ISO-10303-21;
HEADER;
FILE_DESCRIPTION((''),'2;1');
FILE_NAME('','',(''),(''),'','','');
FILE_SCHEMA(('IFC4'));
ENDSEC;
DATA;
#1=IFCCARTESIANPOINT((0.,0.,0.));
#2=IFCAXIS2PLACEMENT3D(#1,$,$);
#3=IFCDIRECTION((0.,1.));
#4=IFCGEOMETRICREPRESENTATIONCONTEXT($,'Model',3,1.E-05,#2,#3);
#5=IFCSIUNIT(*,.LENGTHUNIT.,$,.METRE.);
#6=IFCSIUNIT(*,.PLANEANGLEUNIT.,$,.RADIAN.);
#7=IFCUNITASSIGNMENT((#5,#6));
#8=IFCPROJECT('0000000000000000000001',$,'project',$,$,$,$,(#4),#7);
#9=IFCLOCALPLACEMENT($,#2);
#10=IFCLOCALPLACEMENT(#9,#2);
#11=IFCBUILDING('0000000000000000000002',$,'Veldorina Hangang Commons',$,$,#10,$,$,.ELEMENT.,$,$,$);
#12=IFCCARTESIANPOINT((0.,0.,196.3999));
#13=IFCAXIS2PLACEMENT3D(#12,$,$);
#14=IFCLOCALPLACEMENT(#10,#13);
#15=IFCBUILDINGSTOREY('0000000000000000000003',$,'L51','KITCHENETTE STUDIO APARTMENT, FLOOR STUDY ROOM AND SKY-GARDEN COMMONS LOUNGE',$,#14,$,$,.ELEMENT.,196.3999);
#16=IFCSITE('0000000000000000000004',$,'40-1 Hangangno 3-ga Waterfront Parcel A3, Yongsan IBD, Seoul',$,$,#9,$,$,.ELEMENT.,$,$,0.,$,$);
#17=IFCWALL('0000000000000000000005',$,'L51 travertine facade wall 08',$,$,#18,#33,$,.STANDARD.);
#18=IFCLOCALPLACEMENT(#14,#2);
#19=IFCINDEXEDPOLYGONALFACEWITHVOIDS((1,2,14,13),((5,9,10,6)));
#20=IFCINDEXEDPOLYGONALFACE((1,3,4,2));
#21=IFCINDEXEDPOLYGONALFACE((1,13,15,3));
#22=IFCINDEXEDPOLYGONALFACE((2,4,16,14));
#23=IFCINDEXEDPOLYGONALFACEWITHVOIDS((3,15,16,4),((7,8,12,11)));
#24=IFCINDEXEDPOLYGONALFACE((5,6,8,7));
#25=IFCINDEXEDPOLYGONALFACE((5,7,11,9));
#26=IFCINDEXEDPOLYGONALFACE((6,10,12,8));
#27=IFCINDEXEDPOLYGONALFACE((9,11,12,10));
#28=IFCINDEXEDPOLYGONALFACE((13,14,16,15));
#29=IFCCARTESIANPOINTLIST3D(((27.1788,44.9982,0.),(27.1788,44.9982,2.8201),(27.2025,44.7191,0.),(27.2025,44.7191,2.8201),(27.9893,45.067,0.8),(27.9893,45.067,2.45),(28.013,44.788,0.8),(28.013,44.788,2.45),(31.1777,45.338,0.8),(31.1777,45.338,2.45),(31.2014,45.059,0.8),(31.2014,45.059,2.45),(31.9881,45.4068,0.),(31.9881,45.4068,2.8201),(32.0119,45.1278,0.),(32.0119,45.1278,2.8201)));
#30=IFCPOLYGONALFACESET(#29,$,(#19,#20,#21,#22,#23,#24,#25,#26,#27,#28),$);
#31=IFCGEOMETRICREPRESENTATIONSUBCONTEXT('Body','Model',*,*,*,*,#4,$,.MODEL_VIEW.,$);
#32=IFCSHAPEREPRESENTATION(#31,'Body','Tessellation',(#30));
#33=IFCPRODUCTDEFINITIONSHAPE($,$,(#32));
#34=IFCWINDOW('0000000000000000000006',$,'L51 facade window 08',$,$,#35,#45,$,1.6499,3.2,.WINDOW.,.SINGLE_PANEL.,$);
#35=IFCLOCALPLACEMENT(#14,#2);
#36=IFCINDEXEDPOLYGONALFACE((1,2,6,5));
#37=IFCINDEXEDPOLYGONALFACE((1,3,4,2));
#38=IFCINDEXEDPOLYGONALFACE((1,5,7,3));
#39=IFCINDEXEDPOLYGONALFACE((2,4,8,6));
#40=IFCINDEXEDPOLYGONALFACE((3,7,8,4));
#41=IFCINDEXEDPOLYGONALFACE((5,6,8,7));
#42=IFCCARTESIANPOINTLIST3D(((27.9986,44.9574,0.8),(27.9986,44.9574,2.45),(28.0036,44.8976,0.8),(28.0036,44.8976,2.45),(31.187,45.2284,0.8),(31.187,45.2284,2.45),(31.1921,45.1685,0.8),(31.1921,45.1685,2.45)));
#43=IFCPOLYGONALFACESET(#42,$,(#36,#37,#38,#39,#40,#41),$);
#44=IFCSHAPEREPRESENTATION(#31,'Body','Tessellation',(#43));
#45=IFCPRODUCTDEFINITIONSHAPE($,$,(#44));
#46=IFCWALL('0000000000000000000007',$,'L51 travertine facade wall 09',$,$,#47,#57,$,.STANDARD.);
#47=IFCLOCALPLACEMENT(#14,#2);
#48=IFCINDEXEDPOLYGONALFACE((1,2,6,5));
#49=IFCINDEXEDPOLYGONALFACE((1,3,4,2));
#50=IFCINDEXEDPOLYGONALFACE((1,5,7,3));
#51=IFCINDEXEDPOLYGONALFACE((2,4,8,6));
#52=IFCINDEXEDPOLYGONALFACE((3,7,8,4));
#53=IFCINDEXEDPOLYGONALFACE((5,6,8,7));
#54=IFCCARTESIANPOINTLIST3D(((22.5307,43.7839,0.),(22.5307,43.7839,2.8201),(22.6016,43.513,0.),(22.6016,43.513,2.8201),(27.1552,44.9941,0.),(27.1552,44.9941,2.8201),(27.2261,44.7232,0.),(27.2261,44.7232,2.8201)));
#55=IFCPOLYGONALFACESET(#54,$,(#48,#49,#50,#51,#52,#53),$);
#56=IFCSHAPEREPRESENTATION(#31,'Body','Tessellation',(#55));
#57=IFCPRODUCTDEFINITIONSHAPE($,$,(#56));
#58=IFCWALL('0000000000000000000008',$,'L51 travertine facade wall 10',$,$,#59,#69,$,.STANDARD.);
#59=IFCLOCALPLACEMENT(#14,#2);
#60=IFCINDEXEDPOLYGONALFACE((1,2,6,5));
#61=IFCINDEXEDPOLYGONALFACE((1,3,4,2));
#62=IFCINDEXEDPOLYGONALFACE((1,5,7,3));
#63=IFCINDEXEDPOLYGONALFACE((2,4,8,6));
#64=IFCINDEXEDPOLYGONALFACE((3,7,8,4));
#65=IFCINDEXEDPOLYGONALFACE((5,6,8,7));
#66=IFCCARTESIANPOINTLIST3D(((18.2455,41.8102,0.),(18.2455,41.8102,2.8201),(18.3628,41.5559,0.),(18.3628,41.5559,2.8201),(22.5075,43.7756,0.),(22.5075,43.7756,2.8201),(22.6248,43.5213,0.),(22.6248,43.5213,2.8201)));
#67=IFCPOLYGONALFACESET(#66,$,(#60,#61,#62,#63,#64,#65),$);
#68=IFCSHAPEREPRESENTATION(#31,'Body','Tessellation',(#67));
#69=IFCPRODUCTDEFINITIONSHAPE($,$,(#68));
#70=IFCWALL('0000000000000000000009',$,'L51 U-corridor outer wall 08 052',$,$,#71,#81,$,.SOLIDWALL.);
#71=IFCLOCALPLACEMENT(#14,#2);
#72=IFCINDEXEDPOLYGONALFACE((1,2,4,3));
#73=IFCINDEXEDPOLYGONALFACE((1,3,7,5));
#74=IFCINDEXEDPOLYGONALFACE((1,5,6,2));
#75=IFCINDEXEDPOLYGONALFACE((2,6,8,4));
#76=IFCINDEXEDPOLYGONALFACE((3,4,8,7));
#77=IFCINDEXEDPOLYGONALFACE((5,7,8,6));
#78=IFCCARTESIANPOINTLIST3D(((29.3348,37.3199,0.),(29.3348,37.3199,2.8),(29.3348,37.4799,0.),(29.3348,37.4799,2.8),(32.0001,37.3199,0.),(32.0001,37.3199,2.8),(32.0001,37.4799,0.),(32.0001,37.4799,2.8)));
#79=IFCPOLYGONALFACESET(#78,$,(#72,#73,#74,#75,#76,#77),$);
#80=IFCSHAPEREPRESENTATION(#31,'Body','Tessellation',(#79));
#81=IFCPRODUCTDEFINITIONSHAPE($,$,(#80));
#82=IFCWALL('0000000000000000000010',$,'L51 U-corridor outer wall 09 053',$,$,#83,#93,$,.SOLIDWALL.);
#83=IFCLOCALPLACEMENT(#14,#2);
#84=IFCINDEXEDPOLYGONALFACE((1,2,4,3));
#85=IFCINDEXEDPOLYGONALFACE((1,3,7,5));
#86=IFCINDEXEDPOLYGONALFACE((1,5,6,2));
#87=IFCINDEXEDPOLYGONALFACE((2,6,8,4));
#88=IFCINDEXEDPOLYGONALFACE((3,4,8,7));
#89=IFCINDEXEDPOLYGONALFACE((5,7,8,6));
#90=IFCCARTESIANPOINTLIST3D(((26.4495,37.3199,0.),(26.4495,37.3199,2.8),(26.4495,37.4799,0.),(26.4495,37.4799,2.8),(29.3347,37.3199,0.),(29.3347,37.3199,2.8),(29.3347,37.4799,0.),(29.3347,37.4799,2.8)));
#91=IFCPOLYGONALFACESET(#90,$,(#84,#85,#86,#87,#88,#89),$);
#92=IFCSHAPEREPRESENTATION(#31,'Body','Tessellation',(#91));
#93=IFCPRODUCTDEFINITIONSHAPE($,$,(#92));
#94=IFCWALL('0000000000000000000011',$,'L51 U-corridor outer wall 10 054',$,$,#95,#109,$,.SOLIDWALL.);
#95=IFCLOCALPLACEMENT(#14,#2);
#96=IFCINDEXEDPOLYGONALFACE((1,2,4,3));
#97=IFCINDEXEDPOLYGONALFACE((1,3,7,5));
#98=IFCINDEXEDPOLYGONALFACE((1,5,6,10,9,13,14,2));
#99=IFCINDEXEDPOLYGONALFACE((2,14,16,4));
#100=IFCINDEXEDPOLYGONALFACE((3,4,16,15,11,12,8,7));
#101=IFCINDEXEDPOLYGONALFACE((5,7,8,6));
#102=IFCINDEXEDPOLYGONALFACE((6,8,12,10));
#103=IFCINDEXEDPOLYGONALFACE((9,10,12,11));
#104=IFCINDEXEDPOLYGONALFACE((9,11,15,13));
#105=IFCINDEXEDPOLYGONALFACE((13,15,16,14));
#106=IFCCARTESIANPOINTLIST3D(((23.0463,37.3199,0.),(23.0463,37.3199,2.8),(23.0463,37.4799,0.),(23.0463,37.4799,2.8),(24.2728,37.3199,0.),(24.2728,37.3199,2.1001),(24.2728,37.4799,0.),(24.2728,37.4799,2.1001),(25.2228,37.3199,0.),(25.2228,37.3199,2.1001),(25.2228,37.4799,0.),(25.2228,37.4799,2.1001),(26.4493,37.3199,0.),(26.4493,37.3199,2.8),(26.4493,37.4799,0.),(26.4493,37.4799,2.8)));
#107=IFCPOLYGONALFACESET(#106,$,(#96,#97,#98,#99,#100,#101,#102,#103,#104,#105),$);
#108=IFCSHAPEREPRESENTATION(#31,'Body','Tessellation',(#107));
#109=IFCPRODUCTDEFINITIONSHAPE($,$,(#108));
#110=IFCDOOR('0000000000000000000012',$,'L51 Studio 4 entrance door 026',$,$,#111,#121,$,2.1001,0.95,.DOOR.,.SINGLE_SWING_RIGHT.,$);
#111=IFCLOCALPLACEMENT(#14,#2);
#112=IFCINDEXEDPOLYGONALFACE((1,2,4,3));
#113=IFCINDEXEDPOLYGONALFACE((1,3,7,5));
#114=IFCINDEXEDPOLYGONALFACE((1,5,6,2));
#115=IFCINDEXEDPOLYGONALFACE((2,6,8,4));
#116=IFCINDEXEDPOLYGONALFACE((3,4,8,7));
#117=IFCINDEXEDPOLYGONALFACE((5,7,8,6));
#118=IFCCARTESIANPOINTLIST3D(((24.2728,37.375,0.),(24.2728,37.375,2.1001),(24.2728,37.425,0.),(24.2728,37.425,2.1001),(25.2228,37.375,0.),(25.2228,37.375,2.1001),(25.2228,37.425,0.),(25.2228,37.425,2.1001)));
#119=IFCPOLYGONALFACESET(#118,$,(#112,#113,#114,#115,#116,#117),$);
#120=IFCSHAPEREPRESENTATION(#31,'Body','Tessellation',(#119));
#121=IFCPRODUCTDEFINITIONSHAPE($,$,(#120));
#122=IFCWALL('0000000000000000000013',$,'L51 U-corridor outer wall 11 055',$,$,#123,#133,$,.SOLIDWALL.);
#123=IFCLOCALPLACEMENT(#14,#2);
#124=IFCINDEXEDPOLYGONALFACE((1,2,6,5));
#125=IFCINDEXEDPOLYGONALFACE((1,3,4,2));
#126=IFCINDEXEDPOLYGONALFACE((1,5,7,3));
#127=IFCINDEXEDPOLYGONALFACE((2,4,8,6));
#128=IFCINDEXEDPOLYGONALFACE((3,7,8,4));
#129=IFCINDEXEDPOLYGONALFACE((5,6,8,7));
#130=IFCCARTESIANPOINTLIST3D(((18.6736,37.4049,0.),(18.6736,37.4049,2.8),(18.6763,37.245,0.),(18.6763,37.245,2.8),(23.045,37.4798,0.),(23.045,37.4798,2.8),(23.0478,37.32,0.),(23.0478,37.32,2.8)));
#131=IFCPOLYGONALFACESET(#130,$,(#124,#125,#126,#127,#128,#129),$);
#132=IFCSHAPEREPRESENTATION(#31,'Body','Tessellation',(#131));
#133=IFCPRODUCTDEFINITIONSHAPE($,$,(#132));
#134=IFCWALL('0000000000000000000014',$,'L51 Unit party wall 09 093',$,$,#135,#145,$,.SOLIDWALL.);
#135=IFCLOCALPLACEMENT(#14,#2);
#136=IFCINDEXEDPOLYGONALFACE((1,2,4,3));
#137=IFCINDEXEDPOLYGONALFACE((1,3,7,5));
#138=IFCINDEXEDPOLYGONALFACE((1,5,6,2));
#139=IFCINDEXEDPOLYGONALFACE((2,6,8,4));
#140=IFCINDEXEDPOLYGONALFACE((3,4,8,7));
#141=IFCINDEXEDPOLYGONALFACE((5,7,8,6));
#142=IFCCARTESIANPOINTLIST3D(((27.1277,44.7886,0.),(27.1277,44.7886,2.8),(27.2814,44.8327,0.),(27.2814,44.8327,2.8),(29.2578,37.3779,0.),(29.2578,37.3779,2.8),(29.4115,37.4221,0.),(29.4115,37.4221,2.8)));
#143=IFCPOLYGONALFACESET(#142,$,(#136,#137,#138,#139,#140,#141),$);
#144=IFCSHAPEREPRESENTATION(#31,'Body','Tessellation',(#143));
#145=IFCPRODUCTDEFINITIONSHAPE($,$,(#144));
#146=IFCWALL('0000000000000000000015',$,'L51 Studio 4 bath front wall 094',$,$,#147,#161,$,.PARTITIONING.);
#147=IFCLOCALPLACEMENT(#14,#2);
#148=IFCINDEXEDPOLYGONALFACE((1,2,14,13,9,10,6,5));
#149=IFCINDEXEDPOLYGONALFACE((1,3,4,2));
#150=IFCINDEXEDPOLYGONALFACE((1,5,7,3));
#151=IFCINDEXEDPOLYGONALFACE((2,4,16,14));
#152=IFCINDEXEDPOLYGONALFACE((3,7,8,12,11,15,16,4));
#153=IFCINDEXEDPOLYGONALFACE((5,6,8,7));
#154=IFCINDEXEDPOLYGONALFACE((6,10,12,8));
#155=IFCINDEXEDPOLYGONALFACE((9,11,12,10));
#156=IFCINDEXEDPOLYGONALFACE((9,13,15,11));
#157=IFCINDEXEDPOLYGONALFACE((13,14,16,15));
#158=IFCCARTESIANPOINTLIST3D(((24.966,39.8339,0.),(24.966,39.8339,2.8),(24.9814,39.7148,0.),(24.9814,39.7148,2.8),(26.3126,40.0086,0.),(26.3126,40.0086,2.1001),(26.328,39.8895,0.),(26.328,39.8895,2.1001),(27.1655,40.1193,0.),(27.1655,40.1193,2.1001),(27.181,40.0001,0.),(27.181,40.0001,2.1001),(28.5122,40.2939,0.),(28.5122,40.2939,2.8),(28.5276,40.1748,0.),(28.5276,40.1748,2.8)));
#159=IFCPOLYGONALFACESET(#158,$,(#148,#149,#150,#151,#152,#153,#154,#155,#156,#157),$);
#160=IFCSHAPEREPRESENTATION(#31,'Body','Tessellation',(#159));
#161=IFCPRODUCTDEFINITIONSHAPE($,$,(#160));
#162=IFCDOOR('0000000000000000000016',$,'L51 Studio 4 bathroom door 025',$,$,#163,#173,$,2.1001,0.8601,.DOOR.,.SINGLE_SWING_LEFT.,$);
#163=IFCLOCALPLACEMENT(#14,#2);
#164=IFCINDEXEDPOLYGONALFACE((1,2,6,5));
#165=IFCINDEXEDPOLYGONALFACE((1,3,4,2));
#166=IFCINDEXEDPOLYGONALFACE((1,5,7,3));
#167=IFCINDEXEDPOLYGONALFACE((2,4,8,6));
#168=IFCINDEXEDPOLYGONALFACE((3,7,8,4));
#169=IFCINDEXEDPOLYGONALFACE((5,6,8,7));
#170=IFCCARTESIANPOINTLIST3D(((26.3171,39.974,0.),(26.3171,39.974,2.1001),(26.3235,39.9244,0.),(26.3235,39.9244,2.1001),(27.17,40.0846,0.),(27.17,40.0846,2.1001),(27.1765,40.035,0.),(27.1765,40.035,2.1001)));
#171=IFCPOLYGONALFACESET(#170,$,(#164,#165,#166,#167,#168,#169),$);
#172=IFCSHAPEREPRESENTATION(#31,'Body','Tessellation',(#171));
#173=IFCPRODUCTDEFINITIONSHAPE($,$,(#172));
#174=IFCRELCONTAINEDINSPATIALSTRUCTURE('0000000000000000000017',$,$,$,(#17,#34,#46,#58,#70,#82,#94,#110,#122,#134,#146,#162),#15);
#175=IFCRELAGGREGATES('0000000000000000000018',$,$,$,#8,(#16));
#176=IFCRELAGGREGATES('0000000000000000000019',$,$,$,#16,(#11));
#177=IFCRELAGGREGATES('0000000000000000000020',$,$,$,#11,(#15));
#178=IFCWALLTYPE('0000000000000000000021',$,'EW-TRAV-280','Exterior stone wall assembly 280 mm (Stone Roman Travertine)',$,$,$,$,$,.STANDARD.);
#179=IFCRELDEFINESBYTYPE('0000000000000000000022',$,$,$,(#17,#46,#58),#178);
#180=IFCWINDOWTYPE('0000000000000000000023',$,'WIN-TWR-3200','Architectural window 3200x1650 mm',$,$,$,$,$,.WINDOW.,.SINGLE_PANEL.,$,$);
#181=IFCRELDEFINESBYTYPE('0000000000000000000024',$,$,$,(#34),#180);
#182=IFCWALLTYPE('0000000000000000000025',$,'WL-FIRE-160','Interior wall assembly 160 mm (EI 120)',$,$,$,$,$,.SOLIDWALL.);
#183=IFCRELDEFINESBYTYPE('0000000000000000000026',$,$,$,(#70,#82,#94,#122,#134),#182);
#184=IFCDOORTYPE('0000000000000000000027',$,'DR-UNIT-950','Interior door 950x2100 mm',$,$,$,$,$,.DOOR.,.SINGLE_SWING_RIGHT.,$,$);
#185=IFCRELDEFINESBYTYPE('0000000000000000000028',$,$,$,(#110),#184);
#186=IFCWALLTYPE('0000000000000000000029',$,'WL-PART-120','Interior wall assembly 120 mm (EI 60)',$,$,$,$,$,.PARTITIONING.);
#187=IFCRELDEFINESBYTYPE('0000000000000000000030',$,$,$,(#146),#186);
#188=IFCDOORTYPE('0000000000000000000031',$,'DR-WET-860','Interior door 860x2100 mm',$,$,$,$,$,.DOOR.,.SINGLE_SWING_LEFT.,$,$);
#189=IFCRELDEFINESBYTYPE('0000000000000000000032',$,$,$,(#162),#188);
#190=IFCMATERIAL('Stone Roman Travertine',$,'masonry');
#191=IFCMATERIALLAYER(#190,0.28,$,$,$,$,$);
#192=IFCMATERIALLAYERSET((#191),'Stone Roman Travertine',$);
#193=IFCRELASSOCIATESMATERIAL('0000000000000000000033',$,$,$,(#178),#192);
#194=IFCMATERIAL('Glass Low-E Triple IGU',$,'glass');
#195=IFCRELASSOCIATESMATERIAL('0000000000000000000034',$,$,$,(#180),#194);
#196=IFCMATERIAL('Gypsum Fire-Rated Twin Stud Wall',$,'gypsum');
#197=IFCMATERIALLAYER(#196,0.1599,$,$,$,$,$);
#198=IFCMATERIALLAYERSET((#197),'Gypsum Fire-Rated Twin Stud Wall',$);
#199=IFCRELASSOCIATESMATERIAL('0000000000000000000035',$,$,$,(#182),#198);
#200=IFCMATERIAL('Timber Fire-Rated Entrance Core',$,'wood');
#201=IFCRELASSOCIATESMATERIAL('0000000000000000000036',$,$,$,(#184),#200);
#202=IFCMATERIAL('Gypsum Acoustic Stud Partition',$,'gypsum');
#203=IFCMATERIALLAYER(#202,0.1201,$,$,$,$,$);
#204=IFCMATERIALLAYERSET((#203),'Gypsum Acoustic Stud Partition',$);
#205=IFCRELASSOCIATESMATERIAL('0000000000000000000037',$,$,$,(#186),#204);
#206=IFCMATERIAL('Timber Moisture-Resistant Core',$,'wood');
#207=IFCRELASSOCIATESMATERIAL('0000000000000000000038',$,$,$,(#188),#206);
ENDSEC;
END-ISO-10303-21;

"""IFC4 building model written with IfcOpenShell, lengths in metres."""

from ifc_helpers import new_model, si_unit, direction, frame, frame_2d, origin, place, context, subcontext, project, spatial, rectangle, extrude, material, layer, layer_set, type_object, element, fill, save


model = new_model("IFC4")

# Units and contexts
model_context = context("Model", 3, precision=1e-05, world=origin(), true_north=direction((0.0, 1.0)))
body_context = subcontext(model_context, "Body", "Model", "MODEL_VIEW")
ifc_project = project(units=[si_unit("LENGTHUNIT", "METRE"), si_unit("PLANEANGLEUNIT", "RADIAN")], contexts=[model_context])

# Site, building, storey
site_placement = place(None, origin())
site = spatial("IfcSite", under=ifc_project, at=site_placement, Name="40-1 Hangangno 3-ga Waterfront Parcel A3, Yongsan IBD, Seoul", CompositionType="ELEMENT", RefElevation=0.0)
building_placement = place(site_placement, origin())
building = spatial("IfcBuilding", under=site, at=building_placement, Name="Veldorina Hangang Commons", CompositionType="ELEMENT")
storey_placement = place(building_placement, frame((0.0, 0.0, 196.3999)))
storey = spatial("IfcBuildingStorey", under=building, at=storey_placement, Name="L51", Description="KITCHENETTE STUDIO APARTMENT, FLOOR STUDY ROOM AND SKY-GARDEN COMMONS LOUNGE", CompositionType="ELEMENT", Elevation=196.3999)

# Wall, opening, window
ifc_material_1 = material(Name="Stone Roman Travertine", Category="masonry")
ifc_layer_1 = layer(ifc_material_1, 0.28)
ifc_layer_set_1 = layer_set([ifc_layer_1], Name="Stone Roman Travertine")
wall_type_1 = type_object("IfcWallType", Name="EW-TRAV-280", Description="Exterior stone wall assembly 280 mm (Stone Roman Travertine)", PredefinedType="STANDARD", material=ifc_layer_set_1)
wall_1_placement = place(storey_placement, frame((32.0, 45.2673, 0.0), z_axis=(0.0, 0.0, 1.0), x_axis=(-0.996409, -0.084674, 0.0)))
wall_1 = element("IfcWall", 1, at=wall_1_placement, inside=storey, type_object=wall_type_1, Name="L51 travertine facade wall 08", PredefinedType="STANDARD", context=body_context, shape_type="SweptSolid", body=[
    extrude(rectangle(XDim=4.8267, YDim=0.28, at=frame_2d((2.4133, 0.0))), origin(), (0.0, 0.0, 1.0), 2.8201),
])
opening_1_placement = place(wall_1_placement, frame((0.8132, 0.0, 0.8)))
opening_1 = element("IfcOpeningElement", 2, at=opening_1_placement, cuts=wall_1, PredefinedType="OPENING", context=body_context, shape_type="SweptSolid", body=[
    extrude(rectangle(XDim=3.2, YDim=1.6499, at=frame_2d((1.6001, 0.825))), frame((0.0, 0.1499, 0.0), z_axis=(0.0, -1.0, 0.0), x_axis=(1.0, 0.0, 0.0)), (0.0, 0.0, 1.0), 0.3),
])
ifc_material_2 = material(Name="Glass Low-E Triple IGU", Category="glass")
window_type = type_object("IfcWindowType", Name="WIN-TWR-3200", Description="Architectural window 3200x1650 mm", PartitioningType="SINGLE_PANEL", PredefinedType="WINDOW", material=ifc_material_2)
window_placement = place(opening_1_placement, origin())
window = element("IfcWindow", 3, at=window_placement, inside=storey, type_object=window_type, Name="L51 facade window 08", OverallHeight=1.6499, OverallWidth=3.2, PartitioningType="SINGLE_PANEL", PredefinedType="WINDOW", context=body_context, shape_type="SweptSolid", body=[
    extrude(rectangle(XDim=3.2, YDim=1.6499, at=frame_2d((1.6001, 0.825))), frame((0.0, 0.03, 0.0), z_axis=(0.0, -1.0, 0.0), x_axis=(1.0, 0.0, 0.0)), (0.0, 0.0, 1.0), 0.0601),
])
fill(opening_1, window)

# Walls
wall_2_placement = place(storey_placement, frame((27.1907, 44.8586, 0.0), z_axis=(0.0, 0.0, 1.0), x_axis=(-0.967422, -0.253168, 0.0)))
element("IfcWall", 4, at=wall_2_placement, inside=storey, type_object=wall_type_1, Name="L51 travertine facade wall 09", PredefinedType="STANDARD", context=body_context, shape_type="SweptSolid", body=[
    extrude(rectangle(XDim=4.7803, YDim=0.28, at=frame_2d((2.3901, 0.0))), origin(), (0.0, 0.0, 1.0), 2.8201),
])
wall_3_placement = place(storey_placement, frame((22.5662, 43.6484, 0.0), z_axis=(0.0, 0.0, 1.0), x_axis=(-0.908099, -0.418755, 0.0)))
element("IfcWall", 5, at=wall_3_placement, inside=storey, type_object=wall_type_1, Name="L51 travertine facade wall 10", PredefinedType="STANDARD", context=body_context, shape_type="SweptSolid", body=[
    extrude(rectangle(XDim=4.6934, YDim=0.28, at=frame_2d((2.3467, 0.0))), origin(), (0.0, 0.0, 1.0), 2.8201),
])
ifc_material_3 = material(Name="Gypsum Fire-Rated Twin Stud Wall", Category="gypsum")
ifc_layer_2 = layer(ifc_material_3, 0.1599)
ifc_layer_set_2 = layer_set([ifc_layer_2], Name="Gypsum Fire-Rated Twin Stud Wall")
wall_type_2 = type_object("IfcWallType", Name="WL-FIRE-160", Description="Interior wall assembly 160 mm (EI 120)", PredefinedType="SOLIDWALL", material=ifc_layer_set_2)
wall_4_placement = place(storey_placement, frame((32.0, 37.3999, 0.0), z_axis=(0.0, 0.0, 1.0), x_axis=(-1.0, 0.0, 0.0)))
element("IfcWall", 6, at=wall_4_placement, inside=storey, type_object=wall_type_2, Name="L51 U-corridor outer wall 08 052", PredefinedType="SOLIDWALL", context=body_context, shape_type="SweptSolid", body=[
    extrude(rectangle(XDim=2.6653, YDim=0.1599, at=frame_2d((1.3325, 0.0))), origin(), (0.0, 0.0, 1.0), 2.8),
])
wall_5_placement = place(storey_placement, frame((29.3347, 37.3999, 0.0), z_axis=(0.0, 0.0, 1.0), x_axis=(-1.0, 0.0, 0.0)))
element("IfcWall", 7, at=wall_5_placement, inside=storey, type_object=wall_type_2, Name="L51 U-corridor outer wall 09 053", PredefinedType="SOLIDWALL", context=body_context, shape_type="SweptSolid", body=[
    extrude(rectangle(XDim=2.8853, YDim=0.1599, at=frame_2d((1.4426, 0.0))), origin(), (0.0, 0.0, 1.0), 2.8),
])

# Wall, opening, door
wall_6_placement = place(storey_placement, frame((26.4495, 37.3999, 0.0), z_axis=(0.0, 0.0, 1.0), x_axis=(-1.0, 0.0, 0.0)))
wall_6 = element("IfcWall", 8, at=wall_6_placement, inside=storey, type_object=wall_type_2, Name="L51 U-corridor outer wall 10 054", PredefinedType="SOLIDWALL", context=body_context, shape_type="SweptSolid", body=[
    extrude(rectangle(XDim=3.4031, YDim=0.1599, at=frame_2d((1.7017, 0.0))), origin(), (0.0, 0.0, 1.0), 2.8),
])
opening_2_placement = place(wall_6_placement, frame((1.2266, 0.0, 0.0)))
opening_2 = element("IfcOpeningElement", 9, at=opening_2_placement, cuts=wall_6, PredefinedType="OPENING", context=body_context, shape_type="SweptSolid", body=[
    extrude(rectangle(XDim=0.95, YDim=2.1001, at=frame_2d((0.4751, 1.05))), frame((0.0, 0.0898, 0.0), z_axis=(0.0, -1.0, 0.0), x_axis=(1.0, 0.0, 0.0)), (0.0, 0.0, 1.0), 0.1799),
])
ifc_material_4 = material(Name="Timber Fire-Rated Entrance Core", Category="wood")
door_type_1 = type_object("IfcDoorType", Name="DR-UNIT-950", Description="Interior door 950x2100 mm", OperationType="SINGLE_SWING_RIGHT", PredefinedType="DOOR", material=ifc_material_4)
door_1_placement = place(opening_2_placement, origin())
door_1 = element("IfcDoor", 10, at=door_1_placement, inside=storey, type_object=door_type_1, Name="L51 Studio 4 entrance door 026", OperationType="SINGLE_SWING_RIGHT", OverallHeight=2.1001, OverallWidth=0.95, PredefinedType="DOOR", context=body_context, shape_type="SweptSolid", body=[
    extrude(rectangle(XDim=0.95, YDim=2.1001, at=frame_2d((0.4751, 1.05))), frame((0.0, 0.0249, 0.0), z_axis=(0.0, -1.0, 0.0), x_axis=(1.0, 0.0, 0.0)), (0.0, 0.0, 1.0), 0.05),
])
fill(opening_2, door_1)

# Walls
wall_7_placement = place(storey_placement, frame((23.0464, 37.3999, 0.0), z_axis=(0.0, 0.0, 1.0), x_axis=(-0.999853, -0.017144, 0.0)))
element("IfcWall", 11, at=wall_7_placement, inside=storey, type_object=wall_type_2, Name="L51 U-corridor outer wall 11 055", PredefinedType="SOLIDWALL", context=body_context, shape_type="SweptSolid", body=[
    extrude(rectangle(XDim=4.3721, YDim=0.1599, at=frame_2d((2.186, 0.0))), origin(), (0.0, 0.0, 1.0), 2.8),
])
wall_8_placement = place(storey_placement, frame((29.3347, 37.3999, 0.0), z_axis=(0.0, 0.0, 1.0), x_axis=(-0.276256, 0.961084, 0.0)))
element("IfcWall", 12, at=wall_8_placement, inside=storey, type_object=wall_type_2, Name="L51 Unit party wall 09 093", PredefinedType="SOLIDWALL", context=body_context, shape_type="SweptSolid", body=[
    extrude(rectangle(XDim=7.7107, YDim=0.1599, at=frame_2d((3.8555, 0.0))), origin(), (0.0, 0.0, 1.0), 2.8),
])

# Wall, opening, door
ifc_material_5 = material(Name="Gypsum Acoustic Stud Partition", Category="gypsum")
ifc_layer_3 = layer(ifc_material_5, 0.1201)
ifc_layer_set_3 = layer_set([ifc_layer_3], Name="Gypsum Acoustic Stud Partition")
wall_type_3 = type_object("IfcWallType", Name="WL-PART-120", Description="Interior wall assembly 120 mm (EI 60)", PredefinedType="PARTITIONING", material=ifc_layer_set_3)
wall_9_placement = place(storey_placement, frame((28.52, 40.2344, 0.0), z_axis=(0.0, 0.0, 1.0), x_axis=(-0.991693, -0.12863, 0.0)))
wall_9 = element("IfcWall", 13, at=wall_9_placement, inside=storey, type_object=wall_type_3, Name="L51 Studio 4 bath front wall 094", PredefinedType="PARTITIONING", context=body_context, shape_type="SweptSolid", body=[
    extrude(rectangle(XDim=3.5759, YDim=0.1201, at=frame_2d((1.7881, 0.0))), origin(), (0.0, 0.0, 1.0), 2.8),
])
opening_3_placement = place(wall_9_placement, frame((1.3579, 0.0, 0.0)))
opening_3 = element("IfcOpeningElement", 14, at=opening_3_placement, cuts=wall_9, PredefinedType="OPENING", context=body_context, shape_type="SweptSolid", body=[
    extrude(rectangle(XDim=0.8601, YDim=2.1001, at=frame_2d((0.4302, 1.05))), frame((0.0, 0.0701, 0.0), z_axis=(0.0, -1.0, 0.0), x_axis=(1.0, 0.0, 0.0)), (0.0, 0.0, 1.0), 0.1401),
])
ifc_material_6 = material(Name="Timber Moisture-Resistant Core", Category="wood")
door_type_2 = type_object("IfcDoorType", Name="DR-WET-860", Description="Interior door 860x2100 mm", OperationType="SINGLE_SWING_LEFT", PredefinedType="DOOR", material=ifc_material_6)
door_2_placement = place(opening_3_placement, origin())
door_2 = element("IfcDoor", 15, at=door_2_placement, inside=storey, type_object=door_type_2, Name="L51 Studio 4 bathroom door 025", OperationType="SINGLE_SWING_LEFT", OverallHeight=2.1001, OverallWidth=0.8601, PredefinedType="DOOR", context=body_context, shape_type="SweptSolid", body=[
    extrude(rectangle(XDim=0.8601, YDim=2.1001, at=frame_2d((0.4302, 1.05))), frame((0.0, 0.0249, 0.0), z_axis=(0.0, -1.0, 0.0), x_axis=(1.0, 0.0, 0.0)), (0.0, 0.0, 1.0), 0.05),
])
fill(opening_3, door_2)

save(model, "model.ifc")
